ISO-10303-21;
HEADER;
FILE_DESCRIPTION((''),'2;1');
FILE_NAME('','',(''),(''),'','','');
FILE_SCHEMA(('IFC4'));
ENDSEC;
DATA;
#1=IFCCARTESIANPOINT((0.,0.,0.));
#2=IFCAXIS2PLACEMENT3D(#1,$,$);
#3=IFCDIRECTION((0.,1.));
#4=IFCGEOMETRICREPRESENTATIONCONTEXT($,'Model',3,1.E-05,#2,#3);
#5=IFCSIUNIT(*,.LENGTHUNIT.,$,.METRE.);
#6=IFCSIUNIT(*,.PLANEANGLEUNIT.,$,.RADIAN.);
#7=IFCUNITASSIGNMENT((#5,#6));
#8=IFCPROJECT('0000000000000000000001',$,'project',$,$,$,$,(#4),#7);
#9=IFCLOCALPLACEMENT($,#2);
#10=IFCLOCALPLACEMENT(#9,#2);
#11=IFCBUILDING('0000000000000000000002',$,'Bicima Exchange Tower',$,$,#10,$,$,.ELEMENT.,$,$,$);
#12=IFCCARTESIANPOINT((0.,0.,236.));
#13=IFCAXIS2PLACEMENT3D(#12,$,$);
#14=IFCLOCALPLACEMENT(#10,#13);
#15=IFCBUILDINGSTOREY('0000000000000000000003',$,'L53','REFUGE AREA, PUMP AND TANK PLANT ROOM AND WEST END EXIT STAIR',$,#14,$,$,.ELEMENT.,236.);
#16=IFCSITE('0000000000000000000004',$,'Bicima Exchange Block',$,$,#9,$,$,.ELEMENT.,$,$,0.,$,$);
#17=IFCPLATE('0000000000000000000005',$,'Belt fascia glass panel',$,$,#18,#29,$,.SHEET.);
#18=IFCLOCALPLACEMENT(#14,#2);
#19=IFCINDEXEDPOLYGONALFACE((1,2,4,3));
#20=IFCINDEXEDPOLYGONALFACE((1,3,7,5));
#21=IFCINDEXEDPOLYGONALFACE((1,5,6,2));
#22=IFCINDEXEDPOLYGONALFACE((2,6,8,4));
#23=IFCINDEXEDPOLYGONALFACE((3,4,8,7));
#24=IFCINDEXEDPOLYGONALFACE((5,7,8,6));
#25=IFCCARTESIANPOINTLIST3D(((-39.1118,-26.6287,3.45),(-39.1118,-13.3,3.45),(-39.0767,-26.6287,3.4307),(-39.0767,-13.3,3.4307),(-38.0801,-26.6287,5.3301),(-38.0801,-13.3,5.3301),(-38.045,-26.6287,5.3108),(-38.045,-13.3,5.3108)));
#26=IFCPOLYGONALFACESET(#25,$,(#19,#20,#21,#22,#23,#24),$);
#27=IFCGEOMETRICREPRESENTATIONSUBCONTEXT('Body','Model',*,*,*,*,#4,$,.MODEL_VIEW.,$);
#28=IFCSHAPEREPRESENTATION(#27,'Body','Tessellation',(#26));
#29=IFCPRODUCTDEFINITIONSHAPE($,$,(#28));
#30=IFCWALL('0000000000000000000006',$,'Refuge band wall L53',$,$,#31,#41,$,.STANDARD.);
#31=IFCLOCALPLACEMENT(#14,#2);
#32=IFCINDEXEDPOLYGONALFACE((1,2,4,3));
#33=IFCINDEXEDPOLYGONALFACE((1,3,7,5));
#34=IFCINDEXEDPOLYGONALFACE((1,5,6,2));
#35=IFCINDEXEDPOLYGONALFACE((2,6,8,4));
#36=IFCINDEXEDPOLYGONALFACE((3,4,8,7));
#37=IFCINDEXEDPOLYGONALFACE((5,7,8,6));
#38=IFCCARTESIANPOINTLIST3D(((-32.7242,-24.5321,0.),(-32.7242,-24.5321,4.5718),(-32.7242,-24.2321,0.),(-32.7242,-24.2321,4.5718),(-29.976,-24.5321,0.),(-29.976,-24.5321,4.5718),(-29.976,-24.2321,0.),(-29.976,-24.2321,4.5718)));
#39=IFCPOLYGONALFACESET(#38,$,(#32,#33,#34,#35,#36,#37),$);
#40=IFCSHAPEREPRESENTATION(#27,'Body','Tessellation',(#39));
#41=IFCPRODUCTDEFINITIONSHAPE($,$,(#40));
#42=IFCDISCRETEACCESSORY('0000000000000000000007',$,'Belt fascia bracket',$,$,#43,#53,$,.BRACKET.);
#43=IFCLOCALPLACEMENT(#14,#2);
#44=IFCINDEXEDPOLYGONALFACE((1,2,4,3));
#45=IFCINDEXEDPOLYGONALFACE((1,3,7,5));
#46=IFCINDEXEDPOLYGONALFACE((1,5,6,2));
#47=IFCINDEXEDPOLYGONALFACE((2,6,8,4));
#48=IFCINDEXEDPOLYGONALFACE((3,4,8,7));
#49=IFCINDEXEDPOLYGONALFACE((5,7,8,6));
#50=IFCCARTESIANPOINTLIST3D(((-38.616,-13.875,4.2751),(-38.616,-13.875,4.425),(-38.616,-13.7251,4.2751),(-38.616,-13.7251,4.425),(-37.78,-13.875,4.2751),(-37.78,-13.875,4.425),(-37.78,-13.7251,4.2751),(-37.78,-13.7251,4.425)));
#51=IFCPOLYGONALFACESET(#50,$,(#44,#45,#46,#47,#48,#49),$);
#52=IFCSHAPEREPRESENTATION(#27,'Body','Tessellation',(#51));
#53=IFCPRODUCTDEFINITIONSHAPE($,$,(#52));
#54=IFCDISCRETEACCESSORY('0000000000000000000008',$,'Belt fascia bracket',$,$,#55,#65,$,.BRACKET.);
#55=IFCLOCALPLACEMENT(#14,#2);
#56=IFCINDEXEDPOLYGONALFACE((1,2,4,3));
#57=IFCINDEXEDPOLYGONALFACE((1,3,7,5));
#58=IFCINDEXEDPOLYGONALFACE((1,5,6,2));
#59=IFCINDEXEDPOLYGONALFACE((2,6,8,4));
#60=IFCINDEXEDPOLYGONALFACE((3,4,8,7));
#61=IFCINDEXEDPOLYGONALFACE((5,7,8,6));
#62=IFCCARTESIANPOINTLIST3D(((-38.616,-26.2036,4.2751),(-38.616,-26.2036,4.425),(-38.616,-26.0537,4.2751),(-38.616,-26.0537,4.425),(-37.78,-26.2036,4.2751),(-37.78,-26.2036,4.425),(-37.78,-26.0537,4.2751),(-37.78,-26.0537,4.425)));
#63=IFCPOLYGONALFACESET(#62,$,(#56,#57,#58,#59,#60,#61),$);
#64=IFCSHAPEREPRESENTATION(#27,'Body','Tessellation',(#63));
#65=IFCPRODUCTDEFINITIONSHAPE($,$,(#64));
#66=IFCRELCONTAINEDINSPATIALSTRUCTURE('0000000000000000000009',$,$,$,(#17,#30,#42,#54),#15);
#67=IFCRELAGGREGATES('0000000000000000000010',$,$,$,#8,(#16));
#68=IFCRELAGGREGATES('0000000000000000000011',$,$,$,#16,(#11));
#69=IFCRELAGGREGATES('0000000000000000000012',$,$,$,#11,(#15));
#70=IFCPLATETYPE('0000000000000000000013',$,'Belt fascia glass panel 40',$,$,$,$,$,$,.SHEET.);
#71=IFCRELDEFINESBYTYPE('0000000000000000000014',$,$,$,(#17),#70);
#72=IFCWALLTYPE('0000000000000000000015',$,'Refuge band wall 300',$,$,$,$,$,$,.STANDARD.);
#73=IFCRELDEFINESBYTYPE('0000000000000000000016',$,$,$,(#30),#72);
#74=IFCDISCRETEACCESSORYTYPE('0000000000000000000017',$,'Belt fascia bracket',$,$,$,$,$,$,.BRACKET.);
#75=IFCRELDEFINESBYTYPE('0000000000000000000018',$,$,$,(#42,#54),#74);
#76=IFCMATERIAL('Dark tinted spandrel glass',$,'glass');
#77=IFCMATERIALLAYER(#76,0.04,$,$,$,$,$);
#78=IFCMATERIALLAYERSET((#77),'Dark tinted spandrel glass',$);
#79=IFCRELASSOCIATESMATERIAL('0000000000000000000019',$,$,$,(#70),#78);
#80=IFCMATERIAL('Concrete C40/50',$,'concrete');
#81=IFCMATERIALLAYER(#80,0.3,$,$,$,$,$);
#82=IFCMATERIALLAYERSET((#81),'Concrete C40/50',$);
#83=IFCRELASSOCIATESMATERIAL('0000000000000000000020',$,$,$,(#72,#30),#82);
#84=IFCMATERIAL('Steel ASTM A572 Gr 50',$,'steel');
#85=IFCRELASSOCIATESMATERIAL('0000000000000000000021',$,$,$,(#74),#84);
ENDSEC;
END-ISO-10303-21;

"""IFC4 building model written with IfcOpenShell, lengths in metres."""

from ifc_helpers import new_model, si_unit, direction, frame, frame_2d, origin, origin_2d, place, context, subcontext, project, spatial, polyline, rectangle, outline, extrude, material, layer, layer_set, layer_usage, type_object, element, save


model = new_model("IFC4")

# Units and contexts
model_context = context("Model", 3, precision=1e-05, world=origin(), true_north=direction((0.0, 1.0)))
body_context = subcontext(model_context, "Body", "Model", "MODEL_VIEW")
ifc_project = project(units=[si_unit("LENGTHUNIT", "METRE"), si_unit("PLANEANGLEUNIT", "RADIAN")], contexts=[model_context])

# Site, building, storey
site_placement = place(None, origin())
site = spatial("IfcSite", under=ifc_project, at=site_placement, Name="Bicima Exchange Block", CompositionType="ELEMENT", RefElevation=0.0)
building_placement = place(site_placement, origin())
building = spatial("IfcBuilding", under=site, at=building_placement, Name="Bicima Exchange Tower", CompositionType="ELEMENT")
storey_placement = place(building_placement, frame((0.0, 0.0, 236.0)))
storey = spatial("IfcBuildingStorey", under=building, at=storey_placement, Name="L53", Description="REFUGE AREA, PUMP AND TANK PLANT ROOM AND WEST END EXIT STAIR", CompositionType="ELEMENT", Elevation=236.0)

# Shared definitions
ifc_material_1 = material(Name="Steel ASTM A572 Gr 50", Category="steel")

# Plate
ifc_material_2 = material(Name="Dark tinted spandrel glass", Category="glass")
ifc_layer_1 = layer(ifc_material_2, 0.04)
ifc_layer_set_1 = layer_set([ifc_layer_1], Name="Dark tinted spandrel glass")
plate_type = type_object("IfcPlateType", Name="Belt fascia glass panel 40", PredefinedType="SHEET", material=ifc_layer_set_1)
plate_placement = place(storey_placement, frame((-39.1118, -13.3, 3.45), z_axis=(-0.876675, 0.0, 0.481084), x_axis=(0.0, -1.0, 0.0)))
element("IfcPlate", 1, at=plate_placement, inside=storey, type_object=plate_type, Name="Belt fascia glass panel", PredefinedType="SHEET", context=body_context, shape_type="SweptSolid", body=[
    extrude(outline(polyline([(0.0, 0.0), (13.3286, 0.0), (13.3286, 2.1446), (0.0, 2.1446), (0.0, 0.0)])), origin(), (0.0, 0.0, -1.0), 0.04),
])

# Wall
ifc_material_3 = material(Name="Concrete C40/50", Category="concrete")
ifc_layer_2 = layer(ifc_material_3, 0.3)
ifc_layer_set_2 = layer_set([ifc_layer_2], Name="Concrete C40/50")
ifc_layer_usage = layer_usage(ifc_layer_set_2, "AXIS2", "POSITIVE", -0.15)
wall_type = type_object("IfcWallType", Name="Refuge band wall 300", PredefinedType="STANDARD", material=ifc_layer_set_2)
wall_placement = place(storey_placement, frame((-32.7241, -24.3821, 0.0), z_axis=(0.0, 0.0, 1.0), x_axis=(1.0, 0.0, 0.0)))
element("IfcWall", 2, at=wall_placement, inside=storey, type_object=wall_type, material=ifc_layer_usage, Name="Refuge band wall L53", PredefinedType="STANDARD", context=body_context, shape_type="SweptSolid", body=[
    extrude(rectangle(XDim=2.7483, YDim=0.3, at=frame_2d((1.374, 0.0))), origin(), (0.0, 0.0, 1.0), 4.5718),
])

# Discrete accessories
discrete_accessory_type = type_object("IfcDiscreteAccessoryType", Name="Belt fascia bracket", PredefinedType="BRACKET", material=ifc_material_1)
for number, where, z_axis, x_axis, name in (
    (3, (-38.198, -13.8, 4.2751), (0.0, 0.0, 1.0), (0.0, -1.0, 0.0), "Belt fascia bracket"),
    (4, (-38.198, -26.1287, 4.2751), (0.0, 0.0, 1.0), (0.0, -1.0, 0.0), "Belt fascia bracket"),
):
    element("IfcDiscreteAccessory", number, at=place(storey_placement, frame(where, z_axis=z_axis, x_axis=x_axis)), inside=storey, type_object=discrete_accessory_type, Name=name, PredefinedType="BRACKET", context=body_context, shape_type="SweptSolid", body=[
        extrude(rectangle(XDim=0.1499, YDim=0.8359, at=origin_2d()), origin(), (0.0, 0.0, 1.0), 0.1499),
    ])

save(model, "model.ifc")
